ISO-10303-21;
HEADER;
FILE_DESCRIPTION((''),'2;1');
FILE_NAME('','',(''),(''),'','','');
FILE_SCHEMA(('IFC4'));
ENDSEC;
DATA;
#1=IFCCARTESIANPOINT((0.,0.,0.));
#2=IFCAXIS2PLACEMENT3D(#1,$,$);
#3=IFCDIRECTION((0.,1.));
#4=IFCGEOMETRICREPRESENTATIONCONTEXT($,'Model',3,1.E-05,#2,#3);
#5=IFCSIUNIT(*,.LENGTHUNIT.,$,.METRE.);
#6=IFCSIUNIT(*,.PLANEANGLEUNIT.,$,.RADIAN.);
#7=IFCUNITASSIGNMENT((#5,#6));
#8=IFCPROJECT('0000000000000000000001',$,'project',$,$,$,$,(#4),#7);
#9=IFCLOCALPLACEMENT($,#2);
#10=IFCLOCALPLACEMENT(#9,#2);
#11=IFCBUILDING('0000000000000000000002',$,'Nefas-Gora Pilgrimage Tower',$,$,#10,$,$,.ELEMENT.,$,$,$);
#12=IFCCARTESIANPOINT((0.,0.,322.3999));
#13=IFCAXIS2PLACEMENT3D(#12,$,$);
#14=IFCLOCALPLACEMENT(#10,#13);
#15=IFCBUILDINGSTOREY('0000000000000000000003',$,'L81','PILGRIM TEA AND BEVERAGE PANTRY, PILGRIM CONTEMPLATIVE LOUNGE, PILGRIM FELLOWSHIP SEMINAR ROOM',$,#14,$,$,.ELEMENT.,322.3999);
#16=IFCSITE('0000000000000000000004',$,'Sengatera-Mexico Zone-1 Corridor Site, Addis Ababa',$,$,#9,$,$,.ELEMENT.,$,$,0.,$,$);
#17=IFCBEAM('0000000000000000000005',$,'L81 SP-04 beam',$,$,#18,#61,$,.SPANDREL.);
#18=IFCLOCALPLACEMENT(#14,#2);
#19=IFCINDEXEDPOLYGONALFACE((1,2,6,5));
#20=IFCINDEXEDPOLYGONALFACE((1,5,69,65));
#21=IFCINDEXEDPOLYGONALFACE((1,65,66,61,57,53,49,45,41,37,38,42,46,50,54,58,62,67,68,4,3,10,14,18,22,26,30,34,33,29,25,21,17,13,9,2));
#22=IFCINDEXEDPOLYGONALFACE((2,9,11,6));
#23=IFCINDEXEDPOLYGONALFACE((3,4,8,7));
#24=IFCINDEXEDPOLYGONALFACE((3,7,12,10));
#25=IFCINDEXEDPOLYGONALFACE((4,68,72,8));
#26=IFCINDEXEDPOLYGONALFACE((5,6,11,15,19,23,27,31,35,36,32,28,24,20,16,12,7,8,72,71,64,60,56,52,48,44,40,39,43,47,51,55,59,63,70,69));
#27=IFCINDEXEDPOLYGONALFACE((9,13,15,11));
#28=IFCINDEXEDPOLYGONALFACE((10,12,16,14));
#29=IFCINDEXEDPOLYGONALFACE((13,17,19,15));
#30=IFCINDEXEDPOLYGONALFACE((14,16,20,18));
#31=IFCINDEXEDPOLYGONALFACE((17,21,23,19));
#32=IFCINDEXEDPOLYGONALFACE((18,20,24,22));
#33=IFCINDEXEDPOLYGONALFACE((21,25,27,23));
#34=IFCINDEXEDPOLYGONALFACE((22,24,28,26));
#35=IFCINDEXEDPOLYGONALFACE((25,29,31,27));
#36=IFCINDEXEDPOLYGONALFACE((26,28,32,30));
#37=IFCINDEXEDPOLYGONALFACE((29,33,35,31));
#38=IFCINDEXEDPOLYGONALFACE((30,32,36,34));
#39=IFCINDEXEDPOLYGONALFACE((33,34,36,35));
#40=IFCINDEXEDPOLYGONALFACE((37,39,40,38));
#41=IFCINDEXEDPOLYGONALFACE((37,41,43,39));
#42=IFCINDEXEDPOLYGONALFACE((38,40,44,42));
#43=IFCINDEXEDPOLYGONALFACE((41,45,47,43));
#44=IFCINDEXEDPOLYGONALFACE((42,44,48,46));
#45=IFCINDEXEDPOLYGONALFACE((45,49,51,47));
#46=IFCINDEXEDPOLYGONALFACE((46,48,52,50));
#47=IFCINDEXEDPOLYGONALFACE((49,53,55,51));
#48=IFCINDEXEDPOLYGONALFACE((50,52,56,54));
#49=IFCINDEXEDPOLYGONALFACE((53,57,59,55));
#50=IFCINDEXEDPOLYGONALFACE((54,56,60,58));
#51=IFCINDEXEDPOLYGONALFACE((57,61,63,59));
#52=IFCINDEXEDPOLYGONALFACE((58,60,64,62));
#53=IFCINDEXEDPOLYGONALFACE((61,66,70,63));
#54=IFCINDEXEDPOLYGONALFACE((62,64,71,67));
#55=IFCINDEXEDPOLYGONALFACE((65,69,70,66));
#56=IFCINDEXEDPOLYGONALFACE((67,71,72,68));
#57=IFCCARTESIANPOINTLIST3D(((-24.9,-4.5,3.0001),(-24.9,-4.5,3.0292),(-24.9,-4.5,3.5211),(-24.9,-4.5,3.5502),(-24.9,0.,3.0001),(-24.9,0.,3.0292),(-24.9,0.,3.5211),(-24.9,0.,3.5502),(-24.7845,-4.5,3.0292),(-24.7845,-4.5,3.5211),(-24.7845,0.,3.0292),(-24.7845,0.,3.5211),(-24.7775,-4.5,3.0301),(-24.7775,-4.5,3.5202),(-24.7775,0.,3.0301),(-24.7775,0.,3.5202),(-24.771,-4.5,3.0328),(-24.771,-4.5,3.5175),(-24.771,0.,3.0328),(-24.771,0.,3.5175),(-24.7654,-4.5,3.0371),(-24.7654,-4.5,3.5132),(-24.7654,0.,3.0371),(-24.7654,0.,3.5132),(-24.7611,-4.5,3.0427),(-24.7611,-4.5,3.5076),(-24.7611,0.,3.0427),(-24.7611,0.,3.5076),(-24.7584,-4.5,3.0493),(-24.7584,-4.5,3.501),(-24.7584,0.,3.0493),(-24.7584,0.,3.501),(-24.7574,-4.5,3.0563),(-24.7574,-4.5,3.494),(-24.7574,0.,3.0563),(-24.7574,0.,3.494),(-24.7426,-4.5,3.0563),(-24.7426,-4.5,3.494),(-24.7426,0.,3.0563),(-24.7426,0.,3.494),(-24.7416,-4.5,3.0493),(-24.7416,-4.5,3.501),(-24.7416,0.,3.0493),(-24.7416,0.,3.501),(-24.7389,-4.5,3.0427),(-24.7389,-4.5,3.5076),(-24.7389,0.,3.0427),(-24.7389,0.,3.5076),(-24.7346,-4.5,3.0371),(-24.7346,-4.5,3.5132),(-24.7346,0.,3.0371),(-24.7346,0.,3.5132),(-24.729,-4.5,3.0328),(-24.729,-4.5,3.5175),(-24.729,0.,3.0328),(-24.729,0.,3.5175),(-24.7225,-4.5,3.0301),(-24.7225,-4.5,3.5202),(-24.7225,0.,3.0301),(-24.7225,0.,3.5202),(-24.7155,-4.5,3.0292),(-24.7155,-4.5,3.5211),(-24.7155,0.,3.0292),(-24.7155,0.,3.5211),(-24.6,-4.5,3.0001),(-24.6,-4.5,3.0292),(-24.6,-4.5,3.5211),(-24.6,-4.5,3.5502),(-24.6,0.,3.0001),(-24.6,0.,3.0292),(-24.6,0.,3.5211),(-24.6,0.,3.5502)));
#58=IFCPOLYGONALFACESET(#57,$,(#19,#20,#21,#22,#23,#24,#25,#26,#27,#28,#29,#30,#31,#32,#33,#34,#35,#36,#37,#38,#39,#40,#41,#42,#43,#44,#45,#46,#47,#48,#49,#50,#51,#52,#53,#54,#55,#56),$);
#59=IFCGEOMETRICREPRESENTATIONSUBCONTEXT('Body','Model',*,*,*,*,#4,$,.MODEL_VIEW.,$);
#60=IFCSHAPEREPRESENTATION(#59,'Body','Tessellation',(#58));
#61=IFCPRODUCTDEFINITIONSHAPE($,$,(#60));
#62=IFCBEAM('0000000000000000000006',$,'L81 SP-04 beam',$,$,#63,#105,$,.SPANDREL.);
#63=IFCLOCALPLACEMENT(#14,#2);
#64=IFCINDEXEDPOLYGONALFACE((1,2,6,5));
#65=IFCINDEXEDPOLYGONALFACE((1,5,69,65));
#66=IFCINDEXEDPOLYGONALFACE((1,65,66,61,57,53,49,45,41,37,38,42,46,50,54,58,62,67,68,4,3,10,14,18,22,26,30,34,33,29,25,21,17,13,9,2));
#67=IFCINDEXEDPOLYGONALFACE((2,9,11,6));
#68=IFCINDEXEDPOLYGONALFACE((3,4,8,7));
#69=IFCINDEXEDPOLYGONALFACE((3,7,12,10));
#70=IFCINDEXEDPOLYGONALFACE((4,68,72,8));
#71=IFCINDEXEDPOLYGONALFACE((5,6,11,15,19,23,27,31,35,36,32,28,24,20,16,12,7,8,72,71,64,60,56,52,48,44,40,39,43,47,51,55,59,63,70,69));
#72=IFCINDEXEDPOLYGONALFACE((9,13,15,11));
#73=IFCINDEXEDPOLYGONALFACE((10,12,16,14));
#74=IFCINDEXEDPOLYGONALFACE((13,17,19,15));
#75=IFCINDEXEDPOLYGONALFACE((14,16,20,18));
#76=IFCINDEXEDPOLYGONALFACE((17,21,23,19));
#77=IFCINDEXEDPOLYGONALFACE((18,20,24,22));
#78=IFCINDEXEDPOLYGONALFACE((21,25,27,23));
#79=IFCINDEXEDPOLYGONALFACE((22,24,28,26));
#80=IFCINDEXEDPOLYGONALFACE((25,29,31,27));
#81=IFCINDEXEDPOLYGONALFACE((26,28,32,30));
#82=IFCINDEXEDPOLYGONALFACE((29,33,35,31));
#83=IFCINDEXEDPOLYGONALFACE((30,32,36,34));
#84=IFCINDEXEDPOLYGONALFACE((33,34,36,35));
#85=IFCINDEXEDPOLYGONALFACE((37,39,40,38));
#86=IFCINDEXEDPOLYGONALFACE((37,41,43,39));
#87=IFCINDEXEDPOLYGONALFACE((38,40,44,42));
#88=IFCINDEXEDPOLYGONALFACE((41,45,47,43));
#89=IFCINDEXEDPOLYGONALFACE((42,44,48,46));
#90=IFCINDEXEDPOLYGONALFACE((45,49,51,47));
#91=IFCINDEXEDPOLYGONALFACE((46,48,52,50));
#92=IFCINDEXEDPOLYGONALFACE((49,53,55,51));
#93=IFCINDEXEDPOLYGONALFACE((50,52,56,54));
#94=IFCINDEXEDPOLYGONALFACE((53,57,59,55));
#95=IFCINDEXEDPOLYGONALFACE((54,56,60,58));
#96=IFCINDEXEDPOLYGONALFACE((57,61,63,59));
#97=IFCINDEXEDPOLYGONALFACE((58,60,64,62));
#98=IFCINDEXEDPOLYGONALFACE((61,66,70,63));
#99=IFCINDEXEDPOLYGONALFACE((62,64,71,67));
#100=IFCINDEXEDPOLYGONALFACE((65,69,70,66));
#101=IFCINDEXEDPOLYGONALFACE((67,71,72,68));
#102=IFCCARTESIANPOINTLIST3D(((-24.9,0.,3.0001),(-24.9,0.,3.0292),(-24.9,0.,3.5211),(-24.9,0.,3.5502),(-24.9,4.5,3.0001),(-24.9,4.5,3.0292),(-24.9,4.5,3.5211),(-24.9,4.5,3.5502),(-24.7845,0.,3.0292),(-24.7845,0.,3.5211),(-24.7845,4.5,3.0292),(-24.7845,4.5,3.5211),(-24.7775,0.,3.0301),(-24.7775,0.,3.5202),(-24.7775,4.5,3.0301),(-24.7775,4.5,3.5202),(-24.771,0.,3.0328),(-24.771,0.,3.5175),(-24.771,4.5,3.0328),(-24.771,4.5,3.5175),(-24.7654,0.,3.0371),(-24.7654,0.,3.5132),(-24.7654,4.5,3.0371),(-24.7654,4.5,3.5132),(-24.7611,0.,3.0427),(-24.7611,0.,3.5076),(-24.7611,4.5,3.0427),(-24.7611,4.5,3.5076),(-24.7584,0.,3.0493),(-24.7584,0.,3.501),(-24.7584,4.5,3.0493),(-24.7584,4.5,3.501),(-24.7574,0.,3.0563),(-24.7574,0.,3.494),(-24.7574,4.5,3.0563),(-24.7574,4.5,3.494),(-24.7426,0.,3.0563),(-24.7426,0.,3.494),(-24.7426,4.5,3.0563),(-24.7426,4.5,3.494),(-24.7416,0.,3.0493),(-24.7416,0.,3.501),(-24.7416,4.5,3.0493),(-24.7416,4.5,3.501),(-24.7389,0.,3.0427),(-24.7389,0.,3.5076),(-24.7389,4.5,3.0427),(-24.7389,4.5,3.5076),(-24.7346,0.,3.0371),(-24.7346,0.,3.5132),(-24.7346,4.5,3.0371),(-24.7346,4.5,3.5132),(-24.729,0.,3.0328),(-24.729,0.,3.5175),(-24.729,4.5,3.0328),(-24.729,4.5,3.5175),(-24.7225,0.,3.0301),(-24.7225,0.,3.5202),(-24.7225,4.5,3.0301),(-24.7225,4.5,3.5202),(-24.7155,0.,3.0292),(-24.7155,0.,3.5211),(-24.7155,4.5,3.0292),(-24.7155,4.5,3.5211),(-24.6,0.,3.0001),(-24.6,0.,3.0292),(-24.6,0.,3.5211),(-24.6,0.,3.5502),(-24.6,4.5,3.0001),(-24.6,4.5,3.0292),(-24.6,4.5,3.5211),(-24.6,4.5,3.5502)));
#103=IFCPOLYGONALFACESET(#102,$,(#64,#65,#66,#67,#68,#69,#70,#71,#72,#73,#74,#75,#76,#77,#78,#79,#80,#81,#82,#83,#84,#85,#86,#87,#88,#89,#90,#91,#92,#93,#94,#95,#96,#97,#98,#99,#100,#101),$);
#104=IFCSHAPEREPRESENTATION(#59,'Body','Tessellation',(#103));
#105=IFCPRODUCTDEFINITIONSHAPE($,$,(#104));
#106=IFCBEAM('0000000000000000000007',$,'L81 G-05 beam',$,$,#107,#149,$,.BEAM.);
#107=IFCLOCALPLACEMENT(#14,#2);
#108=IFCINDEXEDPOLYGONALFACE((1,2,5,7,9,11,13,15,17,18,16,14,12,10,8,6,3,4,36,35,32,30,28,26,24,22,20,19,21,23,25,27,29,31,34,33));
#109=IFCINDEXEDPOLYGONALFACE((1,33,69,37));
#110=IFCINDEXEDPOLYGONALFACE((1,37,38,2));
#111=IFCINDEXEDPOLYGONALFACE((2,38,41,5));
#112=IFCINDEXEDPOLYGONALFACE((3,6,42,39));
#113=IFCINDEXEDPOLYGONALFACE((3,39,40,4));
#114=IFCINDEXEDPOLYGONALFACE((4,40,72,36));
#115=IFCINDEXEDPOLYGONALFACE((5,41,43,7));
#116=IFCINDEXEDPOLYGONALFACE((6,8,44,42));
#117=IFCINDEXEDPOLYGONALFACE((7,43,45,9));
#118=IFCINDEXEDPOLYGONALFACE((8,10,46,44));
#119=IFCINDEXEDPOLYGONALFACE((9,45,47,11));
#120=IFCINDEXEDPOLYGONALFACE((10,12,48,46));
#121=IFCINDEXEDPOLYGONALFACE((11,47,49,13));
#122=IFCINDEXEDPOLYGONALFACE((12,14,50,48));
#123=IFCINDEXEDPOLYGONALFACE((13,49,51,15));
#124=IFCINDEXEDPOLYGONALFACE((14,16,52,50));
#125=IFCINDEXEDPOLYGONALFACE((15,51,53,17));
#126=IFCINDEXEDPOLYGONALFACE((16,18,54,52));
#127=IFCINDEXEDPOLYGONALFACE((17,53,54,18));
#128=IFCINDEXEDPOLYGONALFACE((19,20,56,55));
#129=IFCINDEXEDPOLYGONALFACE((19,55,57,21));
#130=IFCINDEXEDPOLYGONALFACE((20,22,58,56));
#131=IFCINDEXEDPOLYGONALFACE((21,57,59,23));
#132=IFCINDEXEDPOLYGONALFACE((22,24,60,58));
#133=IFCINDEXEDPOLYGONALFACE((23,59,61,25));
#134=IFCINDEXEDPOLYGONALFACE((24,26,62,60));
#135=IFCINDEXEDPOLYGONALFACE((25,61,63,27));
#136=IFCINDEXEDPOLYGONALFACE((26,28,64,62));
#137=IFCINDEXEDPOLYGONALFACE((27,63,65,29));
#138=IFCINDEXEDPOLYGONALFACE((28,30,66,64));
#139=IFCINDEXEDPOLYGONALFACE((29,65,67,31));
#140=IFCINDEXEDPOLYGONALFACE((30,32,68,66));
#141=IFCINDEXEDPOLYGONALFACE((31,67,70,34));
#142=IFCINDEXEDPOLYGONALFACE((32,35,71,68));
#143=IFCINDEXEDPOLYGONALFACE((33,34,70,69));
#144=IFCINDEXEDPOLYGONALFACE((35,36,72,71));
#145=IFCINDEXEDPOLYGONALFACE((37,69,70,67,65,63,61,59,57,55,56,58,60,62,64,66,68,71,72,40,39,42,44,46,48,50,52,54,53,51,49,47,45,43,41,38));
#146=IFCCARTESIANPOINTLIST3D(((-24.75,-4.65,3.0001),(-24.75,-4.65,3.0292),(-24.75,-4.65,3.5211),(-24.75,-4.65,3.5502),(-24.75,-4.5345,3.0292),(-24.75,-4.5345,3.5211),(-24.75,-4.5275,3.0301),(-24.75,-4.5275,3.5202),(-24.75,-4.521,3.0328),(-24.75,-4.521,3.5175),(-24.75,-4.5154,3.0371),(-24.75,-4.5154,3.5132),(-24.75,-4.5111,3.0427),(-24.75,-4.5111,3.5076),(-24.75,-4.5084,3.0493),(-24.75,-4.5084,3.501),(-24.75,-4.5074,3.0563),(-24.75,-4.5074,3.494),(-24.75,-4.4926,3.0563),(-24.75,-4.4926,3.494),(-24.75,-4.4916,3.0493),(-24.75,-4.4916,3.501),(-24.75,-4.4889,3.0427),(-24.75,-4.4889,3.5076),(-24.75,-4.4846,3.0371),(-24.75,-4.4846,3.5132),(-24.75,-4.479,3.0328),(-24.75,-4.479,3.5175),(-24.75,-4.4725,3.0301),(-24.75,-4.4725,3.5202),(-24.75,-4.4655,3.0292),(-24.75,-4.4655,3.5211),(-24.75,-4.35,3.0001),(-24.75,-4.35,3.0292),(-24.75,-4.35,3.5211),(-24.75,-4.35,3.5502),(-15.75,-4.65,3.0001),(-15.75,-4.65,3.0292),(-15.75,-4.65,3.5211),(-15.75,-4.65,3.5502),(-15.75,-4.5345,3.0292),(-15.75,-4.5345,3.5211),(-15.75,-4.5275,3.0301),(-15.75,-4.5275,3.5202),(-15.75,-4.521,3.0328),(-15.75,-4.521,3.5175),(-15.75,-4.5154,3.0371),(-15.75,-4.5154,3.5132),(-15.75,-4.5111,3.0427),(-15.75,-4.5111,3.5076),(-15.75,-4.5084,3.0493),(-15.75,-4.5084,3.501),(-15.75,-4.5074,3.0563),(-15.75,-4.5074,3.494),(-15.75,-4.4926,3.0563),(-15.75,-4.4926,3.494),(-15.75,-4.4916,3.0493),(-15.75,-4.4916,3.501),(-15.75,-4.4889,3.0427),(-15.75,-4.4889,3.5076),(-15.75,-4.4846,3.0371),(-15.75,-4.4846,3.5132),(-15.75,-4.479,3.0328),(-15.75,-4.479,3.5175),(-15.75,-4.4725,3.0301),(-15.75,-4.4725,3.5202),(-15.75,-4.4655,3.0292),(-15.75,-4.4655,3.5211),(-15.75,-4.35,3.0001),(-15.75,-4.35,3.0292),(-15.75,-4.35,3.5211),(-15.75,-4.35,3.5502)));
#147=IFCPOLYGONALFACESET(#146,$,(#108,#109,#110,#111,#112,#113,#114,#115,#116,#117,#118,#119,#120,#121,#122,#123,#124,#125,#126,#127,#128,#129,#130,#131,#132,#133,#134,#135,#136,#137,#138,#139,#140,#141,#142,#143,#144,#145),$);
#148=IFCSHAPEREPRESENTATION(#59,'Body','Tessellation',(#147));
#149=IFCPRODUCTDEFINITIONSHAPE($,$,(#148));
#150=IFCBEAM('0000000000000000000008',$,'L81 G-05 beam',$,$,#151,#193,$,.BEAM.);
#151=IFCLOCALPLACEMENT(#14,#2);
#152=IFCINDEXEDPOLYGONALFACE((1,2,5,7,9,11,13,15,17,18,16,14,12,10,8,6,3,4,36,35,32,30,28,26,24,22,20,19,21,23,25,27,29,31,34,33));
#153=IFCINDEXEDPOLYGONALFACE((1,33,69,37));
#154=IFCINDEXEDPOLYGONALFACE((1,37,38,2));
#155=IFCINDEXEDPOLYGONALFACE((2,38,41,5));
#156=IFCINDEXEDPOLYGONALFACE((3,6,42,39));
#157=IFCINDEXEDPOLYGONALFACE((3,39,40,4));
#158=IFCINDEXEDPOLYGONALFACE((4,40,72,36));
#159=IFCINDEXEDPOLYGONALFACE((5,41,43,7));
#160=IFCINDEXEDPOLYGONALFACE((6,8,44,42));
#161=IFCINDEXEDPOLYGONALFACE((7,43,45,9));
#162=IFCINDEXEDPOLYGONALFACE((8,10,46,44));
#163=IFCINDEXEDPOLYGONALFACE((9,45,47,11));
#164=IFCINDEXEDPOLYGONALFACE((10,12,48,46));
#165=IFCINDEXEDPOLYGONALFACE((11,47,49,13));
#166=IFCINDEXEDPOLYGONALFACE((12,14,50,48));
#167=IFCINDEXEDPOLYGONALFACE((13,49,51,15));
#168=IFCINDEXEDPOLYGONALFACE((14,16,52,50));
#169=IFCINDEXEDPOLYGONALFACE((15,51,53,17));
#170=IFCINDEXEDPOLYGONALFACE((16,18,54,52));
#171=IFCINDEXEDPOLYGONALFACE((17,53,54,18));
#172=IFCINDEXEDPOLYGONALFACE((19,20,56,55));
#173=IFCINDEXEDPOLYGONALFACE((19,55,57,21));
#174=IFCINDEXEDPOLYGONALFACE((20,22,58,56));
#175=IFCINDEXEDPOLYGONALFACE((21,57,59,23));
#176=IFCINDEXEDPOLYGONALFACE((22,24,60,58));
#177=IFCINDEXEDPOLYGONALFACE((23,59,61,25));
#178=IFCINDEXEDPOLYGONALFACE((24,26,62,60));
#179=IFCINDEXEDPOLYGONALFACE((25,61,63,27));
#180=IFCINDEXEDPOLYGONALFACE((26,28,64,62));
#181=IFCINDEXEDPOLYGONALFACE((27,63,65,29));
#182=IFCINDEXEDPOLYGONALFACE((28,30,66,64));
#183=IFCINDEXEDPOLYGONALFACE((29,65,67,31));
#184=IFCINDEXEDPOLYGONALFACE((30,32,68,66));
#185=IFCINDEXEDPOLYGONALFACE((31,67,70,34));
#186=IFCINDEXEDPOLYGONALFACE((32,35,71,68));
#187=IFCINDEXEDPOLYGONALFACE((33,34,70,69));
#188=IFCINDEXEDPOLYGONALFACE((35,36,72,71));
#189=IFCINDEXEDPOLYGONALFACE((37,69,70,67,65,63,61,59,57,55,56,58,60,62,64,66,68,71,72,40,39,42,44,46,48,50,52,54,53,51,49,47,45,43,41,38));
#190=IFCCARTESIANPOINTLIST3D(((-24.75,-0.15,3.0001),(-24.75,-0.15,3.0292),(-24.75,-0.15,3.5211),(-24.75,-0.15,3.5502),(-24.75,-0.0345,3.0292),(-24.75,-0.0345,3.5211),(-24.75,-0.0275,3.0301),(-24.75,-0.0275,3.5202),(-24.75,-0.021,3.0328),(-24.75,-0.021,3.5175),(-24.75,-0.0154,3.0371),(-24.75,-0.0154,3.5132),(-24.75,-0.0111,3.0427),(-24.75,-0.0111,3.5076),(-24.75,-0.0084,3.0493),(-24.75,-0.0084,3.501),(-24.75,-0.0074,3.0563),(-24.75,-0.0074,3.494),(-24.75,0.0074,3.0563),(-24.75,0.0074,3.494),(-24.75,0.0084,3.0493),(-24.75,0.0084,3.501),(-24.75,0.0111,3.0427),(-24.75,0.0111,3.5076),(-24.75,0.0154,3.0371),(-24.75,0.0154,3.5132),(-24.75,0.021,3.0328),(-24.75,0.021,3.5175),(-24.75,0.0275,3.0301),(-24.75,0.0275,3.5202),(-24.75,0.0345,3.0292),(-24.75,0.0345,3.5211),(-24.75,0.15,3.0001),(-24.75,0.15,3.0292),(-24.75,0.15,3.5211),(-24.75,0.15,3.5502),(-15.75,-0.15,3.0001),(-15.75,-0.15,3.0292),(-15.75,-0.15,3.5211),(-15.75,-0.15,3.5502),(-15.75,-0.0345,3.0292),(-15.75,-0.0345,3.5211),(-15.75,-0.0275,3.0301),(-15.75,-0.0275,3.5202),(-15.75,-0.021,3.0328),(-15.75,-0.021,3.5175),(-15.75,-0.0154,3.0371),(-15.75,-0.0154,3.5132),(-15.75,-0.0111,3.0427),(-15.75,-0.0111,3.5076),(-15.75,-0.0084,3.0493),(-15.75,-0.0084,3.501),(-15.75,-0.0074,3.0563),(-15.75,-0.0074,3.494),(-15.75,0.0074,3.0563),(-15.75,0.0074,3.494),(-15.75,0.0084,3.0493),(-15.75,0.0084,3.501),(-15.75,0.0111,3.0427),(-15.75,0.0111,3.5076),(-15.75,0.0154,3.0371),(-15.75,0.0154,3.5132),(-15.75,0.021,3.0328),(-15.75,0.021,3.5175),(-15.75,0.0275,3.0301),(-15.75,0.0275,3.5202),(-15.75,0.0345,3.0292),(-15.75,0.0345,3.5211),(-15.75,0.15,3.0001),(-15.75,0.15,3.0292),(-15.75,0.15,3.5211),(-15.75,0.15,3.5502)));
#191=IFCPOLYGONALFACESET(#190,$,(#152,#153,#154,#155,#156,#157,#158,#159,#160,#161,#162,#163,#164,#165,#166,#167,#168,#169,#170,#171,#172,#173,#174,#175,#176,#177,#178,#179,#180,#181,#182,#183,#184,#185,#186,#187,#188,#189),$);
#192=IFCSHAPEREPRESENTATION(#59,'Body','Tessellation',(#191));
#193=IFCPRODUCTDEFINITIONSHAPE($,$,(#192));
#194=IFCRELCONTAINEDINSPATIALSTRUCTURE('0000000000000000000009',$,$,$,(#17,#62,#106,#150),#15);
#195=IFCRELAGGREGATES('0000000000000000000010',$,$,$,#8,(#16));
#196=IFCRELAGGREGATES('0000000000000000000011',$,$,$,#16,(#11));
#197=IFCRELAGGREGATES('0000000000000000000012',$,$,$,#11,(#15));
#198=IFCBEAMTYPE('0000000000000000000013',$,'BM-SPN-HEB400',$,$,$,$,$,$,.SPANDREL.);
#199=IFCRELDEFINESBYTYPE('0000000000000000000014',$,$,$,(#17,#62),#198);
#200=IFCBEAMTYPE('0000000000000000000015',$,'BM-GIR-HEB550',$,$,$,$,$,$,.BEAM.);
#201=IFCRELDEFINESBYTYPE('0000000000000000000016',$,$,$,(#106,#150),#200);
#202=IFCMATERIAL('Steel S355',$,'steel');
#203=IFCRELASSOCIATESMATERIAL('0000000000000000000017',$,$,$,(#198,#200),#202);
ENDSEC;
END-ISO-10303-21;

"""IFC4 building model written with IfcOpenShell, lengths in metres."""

from ifc_helpers import new_model, si_unit, direction, frame, origin, origin_2d, place, context, subcontext, project, spatial, i_section, extrude, source, transform, mapped, material, material_profile, profile_set, type_object, element, save


model = new_model("IFC4")

# Units and contexts
model_context = context("Model", 3, precision=1e-05, world=origin(), true_north=direction((0.0, 1.0)))
body_context = subcontext(model_context, "Body", "Model", "MODEL_VIEW")
ifc_project = project(units=[si_unit("LENGTHUNIT", "METRE"), si_unit("PLANEANGLEUNIT", "RADIAN")], contexts=[model_context])

# Site, building, storey
site_placement = place(None, origin())
site = spatial("IfcSite", under=ifc_project, at=site_placement, Name="Sengatera-Mexico Zone-1 Corridor Site, Addis Ababa", CompositionType="ELEMENT", RefElevation=0.0)
building_placement = place(site_placement, origin())
building = spatial("IfcBuilding", under=site, at=building_placement, Name="Nefas-Gora Pilgrimage Tower", CompositionType="ELEMENT")
storey_placement = place(building_placement, frame((0.0, 0.0, 322.3999)))
storey = spatial("IfcBuildingStorey", under=building, at=storey_placement, Name="L81", Description="PILGRIM TEA AND BEVERAGE PANTRY, PILGRIM CONTEMPLATIVE LOUNGE, PILGRIM FELLOWSHIP SEMINAR ROOM", CompositionType="ELEMENT", Elevation=322.3999)

# Shared definitions
ifc_material_1 = material(Name="Steel S355", Category="steel")

# Beams
ifc_material_profile_1 = material_profile(ifc_material_1, i_section(OverallWidth=0.3, OverallDepth=0.55, WebThickness=0.0149, FlangeThickness=0.0291, FilletRadius=0.0271, at=origin_2d()), Name="HEB 550")
ifc_profile_set_1 = profile_set([ifc_material_profile_1], Name="Steel S355")
beam_type_1 = type_object("IfcBeamType", Name="BM-SPN-HEB400", PredefinedType="SPANDREL", material=ifc_profile_set_1)
shared_shape_1 = source(origin(), body_context, "Body", "SweptSolid", [
    extrude(i_section(OverallWidth=0.3, OverallDepth=0.55, WebThickness=0.0149, FlangeThickness=0.0291, FilletRadius=0.0271, at=origin_2d()), origin(), (0.0, 0.0, 1.0), 4.5),
])
for number, where, z_axis, x_axis, name in (
    (1, (-24.75, -4.5, 3.2751), (0.0, 1.0, 0.0), (-1.0, 0.0, 0.0), "L81 SP-04 beam"),
    (2, (-24.75, 0.0, 3.2751), (0.0, 1.0, 0.0), (-1.0, 0.0, 0.0), "L81 SP-04 beam"),
):
    element("IfcBeam", number, at=place(storey_placement, frame(where, z_axis=z_axis, x_axis=x_axis)), inside=storey, type_object=beam_type_1, Name=name, PredefinedType="SPANDREL", context=body_context, shape_type="MappedRepresentation", body=[
        mapped(shared_shape_1, transform((0.0, 0.0, 0.0), x_axis=(1.0, 0.0, 0.0), y_axis=(0.0, 1.0, 0.0), z_axis=(0.0, 0.0, 1.0), scale=1.0)),
    ])
ifc_material_profile_2 = material_profile(ifc_material_1, i_section(OverallWidth=0.3, OverallDepth=0.55, WebThickness=0.0149, FlangeThickness=0.0291, FilletRadius=0.0271, at=origin_2d()), Name="HEB 550")
ifc_profile_set_2 = profile_set([ifc_material_profile_2], Name="Steel S355")
beam_type_2 = type_object("IfcBeamType", Name="BM-GIR-HEB550", PredefinedType="BEAM", material=ifc_profile_set_2)
shared_shape_2 = source(origin(), body_context, "Body", "SweptSolid", [
    extrude(i_section(OverallWidth=0.3, OverallDepth=0.55, WebThickness=0.0149, FlangeThickness=0.0291, FilletRadius=0.0271, at=origin_2d()), origin(), (0.0, 0.0, 1.0), 9.0),
])
for number, where, z_axis, x_axis, name in (
    (3, (-24.75, -4.5, 3.2751), (1.0, 0.0, 0.0), (0.0, 1.0, 0.0), "L81 G-05 beam"),
    (4, (-24.75, 0.0, 3.2751), (1.0, 0.0, 0.0), (0.0, 1.0, 0.0), "L81 G-05 beam"),
):
    element("IfcBeam", number, at=place(storey_placement, frame(where, z_axis=z_axis, x_axis=x_axis)), inside=storey, type_object=beam_type_2, Name=name, PredefinedType="BEAM", context=body_context, shape_type="MappedRepresentation", body=[
        mapped(shared_shape_2, transform((0.0, 0.0, 0.0), x_axis=(1.0, 0.0, 0.0), y_axis=(0.0, 1.0, 0.0), z_axis=(0.0, 0.0, 1.0), scale=1.0)),
    ])

save(model, "model.ifc")
